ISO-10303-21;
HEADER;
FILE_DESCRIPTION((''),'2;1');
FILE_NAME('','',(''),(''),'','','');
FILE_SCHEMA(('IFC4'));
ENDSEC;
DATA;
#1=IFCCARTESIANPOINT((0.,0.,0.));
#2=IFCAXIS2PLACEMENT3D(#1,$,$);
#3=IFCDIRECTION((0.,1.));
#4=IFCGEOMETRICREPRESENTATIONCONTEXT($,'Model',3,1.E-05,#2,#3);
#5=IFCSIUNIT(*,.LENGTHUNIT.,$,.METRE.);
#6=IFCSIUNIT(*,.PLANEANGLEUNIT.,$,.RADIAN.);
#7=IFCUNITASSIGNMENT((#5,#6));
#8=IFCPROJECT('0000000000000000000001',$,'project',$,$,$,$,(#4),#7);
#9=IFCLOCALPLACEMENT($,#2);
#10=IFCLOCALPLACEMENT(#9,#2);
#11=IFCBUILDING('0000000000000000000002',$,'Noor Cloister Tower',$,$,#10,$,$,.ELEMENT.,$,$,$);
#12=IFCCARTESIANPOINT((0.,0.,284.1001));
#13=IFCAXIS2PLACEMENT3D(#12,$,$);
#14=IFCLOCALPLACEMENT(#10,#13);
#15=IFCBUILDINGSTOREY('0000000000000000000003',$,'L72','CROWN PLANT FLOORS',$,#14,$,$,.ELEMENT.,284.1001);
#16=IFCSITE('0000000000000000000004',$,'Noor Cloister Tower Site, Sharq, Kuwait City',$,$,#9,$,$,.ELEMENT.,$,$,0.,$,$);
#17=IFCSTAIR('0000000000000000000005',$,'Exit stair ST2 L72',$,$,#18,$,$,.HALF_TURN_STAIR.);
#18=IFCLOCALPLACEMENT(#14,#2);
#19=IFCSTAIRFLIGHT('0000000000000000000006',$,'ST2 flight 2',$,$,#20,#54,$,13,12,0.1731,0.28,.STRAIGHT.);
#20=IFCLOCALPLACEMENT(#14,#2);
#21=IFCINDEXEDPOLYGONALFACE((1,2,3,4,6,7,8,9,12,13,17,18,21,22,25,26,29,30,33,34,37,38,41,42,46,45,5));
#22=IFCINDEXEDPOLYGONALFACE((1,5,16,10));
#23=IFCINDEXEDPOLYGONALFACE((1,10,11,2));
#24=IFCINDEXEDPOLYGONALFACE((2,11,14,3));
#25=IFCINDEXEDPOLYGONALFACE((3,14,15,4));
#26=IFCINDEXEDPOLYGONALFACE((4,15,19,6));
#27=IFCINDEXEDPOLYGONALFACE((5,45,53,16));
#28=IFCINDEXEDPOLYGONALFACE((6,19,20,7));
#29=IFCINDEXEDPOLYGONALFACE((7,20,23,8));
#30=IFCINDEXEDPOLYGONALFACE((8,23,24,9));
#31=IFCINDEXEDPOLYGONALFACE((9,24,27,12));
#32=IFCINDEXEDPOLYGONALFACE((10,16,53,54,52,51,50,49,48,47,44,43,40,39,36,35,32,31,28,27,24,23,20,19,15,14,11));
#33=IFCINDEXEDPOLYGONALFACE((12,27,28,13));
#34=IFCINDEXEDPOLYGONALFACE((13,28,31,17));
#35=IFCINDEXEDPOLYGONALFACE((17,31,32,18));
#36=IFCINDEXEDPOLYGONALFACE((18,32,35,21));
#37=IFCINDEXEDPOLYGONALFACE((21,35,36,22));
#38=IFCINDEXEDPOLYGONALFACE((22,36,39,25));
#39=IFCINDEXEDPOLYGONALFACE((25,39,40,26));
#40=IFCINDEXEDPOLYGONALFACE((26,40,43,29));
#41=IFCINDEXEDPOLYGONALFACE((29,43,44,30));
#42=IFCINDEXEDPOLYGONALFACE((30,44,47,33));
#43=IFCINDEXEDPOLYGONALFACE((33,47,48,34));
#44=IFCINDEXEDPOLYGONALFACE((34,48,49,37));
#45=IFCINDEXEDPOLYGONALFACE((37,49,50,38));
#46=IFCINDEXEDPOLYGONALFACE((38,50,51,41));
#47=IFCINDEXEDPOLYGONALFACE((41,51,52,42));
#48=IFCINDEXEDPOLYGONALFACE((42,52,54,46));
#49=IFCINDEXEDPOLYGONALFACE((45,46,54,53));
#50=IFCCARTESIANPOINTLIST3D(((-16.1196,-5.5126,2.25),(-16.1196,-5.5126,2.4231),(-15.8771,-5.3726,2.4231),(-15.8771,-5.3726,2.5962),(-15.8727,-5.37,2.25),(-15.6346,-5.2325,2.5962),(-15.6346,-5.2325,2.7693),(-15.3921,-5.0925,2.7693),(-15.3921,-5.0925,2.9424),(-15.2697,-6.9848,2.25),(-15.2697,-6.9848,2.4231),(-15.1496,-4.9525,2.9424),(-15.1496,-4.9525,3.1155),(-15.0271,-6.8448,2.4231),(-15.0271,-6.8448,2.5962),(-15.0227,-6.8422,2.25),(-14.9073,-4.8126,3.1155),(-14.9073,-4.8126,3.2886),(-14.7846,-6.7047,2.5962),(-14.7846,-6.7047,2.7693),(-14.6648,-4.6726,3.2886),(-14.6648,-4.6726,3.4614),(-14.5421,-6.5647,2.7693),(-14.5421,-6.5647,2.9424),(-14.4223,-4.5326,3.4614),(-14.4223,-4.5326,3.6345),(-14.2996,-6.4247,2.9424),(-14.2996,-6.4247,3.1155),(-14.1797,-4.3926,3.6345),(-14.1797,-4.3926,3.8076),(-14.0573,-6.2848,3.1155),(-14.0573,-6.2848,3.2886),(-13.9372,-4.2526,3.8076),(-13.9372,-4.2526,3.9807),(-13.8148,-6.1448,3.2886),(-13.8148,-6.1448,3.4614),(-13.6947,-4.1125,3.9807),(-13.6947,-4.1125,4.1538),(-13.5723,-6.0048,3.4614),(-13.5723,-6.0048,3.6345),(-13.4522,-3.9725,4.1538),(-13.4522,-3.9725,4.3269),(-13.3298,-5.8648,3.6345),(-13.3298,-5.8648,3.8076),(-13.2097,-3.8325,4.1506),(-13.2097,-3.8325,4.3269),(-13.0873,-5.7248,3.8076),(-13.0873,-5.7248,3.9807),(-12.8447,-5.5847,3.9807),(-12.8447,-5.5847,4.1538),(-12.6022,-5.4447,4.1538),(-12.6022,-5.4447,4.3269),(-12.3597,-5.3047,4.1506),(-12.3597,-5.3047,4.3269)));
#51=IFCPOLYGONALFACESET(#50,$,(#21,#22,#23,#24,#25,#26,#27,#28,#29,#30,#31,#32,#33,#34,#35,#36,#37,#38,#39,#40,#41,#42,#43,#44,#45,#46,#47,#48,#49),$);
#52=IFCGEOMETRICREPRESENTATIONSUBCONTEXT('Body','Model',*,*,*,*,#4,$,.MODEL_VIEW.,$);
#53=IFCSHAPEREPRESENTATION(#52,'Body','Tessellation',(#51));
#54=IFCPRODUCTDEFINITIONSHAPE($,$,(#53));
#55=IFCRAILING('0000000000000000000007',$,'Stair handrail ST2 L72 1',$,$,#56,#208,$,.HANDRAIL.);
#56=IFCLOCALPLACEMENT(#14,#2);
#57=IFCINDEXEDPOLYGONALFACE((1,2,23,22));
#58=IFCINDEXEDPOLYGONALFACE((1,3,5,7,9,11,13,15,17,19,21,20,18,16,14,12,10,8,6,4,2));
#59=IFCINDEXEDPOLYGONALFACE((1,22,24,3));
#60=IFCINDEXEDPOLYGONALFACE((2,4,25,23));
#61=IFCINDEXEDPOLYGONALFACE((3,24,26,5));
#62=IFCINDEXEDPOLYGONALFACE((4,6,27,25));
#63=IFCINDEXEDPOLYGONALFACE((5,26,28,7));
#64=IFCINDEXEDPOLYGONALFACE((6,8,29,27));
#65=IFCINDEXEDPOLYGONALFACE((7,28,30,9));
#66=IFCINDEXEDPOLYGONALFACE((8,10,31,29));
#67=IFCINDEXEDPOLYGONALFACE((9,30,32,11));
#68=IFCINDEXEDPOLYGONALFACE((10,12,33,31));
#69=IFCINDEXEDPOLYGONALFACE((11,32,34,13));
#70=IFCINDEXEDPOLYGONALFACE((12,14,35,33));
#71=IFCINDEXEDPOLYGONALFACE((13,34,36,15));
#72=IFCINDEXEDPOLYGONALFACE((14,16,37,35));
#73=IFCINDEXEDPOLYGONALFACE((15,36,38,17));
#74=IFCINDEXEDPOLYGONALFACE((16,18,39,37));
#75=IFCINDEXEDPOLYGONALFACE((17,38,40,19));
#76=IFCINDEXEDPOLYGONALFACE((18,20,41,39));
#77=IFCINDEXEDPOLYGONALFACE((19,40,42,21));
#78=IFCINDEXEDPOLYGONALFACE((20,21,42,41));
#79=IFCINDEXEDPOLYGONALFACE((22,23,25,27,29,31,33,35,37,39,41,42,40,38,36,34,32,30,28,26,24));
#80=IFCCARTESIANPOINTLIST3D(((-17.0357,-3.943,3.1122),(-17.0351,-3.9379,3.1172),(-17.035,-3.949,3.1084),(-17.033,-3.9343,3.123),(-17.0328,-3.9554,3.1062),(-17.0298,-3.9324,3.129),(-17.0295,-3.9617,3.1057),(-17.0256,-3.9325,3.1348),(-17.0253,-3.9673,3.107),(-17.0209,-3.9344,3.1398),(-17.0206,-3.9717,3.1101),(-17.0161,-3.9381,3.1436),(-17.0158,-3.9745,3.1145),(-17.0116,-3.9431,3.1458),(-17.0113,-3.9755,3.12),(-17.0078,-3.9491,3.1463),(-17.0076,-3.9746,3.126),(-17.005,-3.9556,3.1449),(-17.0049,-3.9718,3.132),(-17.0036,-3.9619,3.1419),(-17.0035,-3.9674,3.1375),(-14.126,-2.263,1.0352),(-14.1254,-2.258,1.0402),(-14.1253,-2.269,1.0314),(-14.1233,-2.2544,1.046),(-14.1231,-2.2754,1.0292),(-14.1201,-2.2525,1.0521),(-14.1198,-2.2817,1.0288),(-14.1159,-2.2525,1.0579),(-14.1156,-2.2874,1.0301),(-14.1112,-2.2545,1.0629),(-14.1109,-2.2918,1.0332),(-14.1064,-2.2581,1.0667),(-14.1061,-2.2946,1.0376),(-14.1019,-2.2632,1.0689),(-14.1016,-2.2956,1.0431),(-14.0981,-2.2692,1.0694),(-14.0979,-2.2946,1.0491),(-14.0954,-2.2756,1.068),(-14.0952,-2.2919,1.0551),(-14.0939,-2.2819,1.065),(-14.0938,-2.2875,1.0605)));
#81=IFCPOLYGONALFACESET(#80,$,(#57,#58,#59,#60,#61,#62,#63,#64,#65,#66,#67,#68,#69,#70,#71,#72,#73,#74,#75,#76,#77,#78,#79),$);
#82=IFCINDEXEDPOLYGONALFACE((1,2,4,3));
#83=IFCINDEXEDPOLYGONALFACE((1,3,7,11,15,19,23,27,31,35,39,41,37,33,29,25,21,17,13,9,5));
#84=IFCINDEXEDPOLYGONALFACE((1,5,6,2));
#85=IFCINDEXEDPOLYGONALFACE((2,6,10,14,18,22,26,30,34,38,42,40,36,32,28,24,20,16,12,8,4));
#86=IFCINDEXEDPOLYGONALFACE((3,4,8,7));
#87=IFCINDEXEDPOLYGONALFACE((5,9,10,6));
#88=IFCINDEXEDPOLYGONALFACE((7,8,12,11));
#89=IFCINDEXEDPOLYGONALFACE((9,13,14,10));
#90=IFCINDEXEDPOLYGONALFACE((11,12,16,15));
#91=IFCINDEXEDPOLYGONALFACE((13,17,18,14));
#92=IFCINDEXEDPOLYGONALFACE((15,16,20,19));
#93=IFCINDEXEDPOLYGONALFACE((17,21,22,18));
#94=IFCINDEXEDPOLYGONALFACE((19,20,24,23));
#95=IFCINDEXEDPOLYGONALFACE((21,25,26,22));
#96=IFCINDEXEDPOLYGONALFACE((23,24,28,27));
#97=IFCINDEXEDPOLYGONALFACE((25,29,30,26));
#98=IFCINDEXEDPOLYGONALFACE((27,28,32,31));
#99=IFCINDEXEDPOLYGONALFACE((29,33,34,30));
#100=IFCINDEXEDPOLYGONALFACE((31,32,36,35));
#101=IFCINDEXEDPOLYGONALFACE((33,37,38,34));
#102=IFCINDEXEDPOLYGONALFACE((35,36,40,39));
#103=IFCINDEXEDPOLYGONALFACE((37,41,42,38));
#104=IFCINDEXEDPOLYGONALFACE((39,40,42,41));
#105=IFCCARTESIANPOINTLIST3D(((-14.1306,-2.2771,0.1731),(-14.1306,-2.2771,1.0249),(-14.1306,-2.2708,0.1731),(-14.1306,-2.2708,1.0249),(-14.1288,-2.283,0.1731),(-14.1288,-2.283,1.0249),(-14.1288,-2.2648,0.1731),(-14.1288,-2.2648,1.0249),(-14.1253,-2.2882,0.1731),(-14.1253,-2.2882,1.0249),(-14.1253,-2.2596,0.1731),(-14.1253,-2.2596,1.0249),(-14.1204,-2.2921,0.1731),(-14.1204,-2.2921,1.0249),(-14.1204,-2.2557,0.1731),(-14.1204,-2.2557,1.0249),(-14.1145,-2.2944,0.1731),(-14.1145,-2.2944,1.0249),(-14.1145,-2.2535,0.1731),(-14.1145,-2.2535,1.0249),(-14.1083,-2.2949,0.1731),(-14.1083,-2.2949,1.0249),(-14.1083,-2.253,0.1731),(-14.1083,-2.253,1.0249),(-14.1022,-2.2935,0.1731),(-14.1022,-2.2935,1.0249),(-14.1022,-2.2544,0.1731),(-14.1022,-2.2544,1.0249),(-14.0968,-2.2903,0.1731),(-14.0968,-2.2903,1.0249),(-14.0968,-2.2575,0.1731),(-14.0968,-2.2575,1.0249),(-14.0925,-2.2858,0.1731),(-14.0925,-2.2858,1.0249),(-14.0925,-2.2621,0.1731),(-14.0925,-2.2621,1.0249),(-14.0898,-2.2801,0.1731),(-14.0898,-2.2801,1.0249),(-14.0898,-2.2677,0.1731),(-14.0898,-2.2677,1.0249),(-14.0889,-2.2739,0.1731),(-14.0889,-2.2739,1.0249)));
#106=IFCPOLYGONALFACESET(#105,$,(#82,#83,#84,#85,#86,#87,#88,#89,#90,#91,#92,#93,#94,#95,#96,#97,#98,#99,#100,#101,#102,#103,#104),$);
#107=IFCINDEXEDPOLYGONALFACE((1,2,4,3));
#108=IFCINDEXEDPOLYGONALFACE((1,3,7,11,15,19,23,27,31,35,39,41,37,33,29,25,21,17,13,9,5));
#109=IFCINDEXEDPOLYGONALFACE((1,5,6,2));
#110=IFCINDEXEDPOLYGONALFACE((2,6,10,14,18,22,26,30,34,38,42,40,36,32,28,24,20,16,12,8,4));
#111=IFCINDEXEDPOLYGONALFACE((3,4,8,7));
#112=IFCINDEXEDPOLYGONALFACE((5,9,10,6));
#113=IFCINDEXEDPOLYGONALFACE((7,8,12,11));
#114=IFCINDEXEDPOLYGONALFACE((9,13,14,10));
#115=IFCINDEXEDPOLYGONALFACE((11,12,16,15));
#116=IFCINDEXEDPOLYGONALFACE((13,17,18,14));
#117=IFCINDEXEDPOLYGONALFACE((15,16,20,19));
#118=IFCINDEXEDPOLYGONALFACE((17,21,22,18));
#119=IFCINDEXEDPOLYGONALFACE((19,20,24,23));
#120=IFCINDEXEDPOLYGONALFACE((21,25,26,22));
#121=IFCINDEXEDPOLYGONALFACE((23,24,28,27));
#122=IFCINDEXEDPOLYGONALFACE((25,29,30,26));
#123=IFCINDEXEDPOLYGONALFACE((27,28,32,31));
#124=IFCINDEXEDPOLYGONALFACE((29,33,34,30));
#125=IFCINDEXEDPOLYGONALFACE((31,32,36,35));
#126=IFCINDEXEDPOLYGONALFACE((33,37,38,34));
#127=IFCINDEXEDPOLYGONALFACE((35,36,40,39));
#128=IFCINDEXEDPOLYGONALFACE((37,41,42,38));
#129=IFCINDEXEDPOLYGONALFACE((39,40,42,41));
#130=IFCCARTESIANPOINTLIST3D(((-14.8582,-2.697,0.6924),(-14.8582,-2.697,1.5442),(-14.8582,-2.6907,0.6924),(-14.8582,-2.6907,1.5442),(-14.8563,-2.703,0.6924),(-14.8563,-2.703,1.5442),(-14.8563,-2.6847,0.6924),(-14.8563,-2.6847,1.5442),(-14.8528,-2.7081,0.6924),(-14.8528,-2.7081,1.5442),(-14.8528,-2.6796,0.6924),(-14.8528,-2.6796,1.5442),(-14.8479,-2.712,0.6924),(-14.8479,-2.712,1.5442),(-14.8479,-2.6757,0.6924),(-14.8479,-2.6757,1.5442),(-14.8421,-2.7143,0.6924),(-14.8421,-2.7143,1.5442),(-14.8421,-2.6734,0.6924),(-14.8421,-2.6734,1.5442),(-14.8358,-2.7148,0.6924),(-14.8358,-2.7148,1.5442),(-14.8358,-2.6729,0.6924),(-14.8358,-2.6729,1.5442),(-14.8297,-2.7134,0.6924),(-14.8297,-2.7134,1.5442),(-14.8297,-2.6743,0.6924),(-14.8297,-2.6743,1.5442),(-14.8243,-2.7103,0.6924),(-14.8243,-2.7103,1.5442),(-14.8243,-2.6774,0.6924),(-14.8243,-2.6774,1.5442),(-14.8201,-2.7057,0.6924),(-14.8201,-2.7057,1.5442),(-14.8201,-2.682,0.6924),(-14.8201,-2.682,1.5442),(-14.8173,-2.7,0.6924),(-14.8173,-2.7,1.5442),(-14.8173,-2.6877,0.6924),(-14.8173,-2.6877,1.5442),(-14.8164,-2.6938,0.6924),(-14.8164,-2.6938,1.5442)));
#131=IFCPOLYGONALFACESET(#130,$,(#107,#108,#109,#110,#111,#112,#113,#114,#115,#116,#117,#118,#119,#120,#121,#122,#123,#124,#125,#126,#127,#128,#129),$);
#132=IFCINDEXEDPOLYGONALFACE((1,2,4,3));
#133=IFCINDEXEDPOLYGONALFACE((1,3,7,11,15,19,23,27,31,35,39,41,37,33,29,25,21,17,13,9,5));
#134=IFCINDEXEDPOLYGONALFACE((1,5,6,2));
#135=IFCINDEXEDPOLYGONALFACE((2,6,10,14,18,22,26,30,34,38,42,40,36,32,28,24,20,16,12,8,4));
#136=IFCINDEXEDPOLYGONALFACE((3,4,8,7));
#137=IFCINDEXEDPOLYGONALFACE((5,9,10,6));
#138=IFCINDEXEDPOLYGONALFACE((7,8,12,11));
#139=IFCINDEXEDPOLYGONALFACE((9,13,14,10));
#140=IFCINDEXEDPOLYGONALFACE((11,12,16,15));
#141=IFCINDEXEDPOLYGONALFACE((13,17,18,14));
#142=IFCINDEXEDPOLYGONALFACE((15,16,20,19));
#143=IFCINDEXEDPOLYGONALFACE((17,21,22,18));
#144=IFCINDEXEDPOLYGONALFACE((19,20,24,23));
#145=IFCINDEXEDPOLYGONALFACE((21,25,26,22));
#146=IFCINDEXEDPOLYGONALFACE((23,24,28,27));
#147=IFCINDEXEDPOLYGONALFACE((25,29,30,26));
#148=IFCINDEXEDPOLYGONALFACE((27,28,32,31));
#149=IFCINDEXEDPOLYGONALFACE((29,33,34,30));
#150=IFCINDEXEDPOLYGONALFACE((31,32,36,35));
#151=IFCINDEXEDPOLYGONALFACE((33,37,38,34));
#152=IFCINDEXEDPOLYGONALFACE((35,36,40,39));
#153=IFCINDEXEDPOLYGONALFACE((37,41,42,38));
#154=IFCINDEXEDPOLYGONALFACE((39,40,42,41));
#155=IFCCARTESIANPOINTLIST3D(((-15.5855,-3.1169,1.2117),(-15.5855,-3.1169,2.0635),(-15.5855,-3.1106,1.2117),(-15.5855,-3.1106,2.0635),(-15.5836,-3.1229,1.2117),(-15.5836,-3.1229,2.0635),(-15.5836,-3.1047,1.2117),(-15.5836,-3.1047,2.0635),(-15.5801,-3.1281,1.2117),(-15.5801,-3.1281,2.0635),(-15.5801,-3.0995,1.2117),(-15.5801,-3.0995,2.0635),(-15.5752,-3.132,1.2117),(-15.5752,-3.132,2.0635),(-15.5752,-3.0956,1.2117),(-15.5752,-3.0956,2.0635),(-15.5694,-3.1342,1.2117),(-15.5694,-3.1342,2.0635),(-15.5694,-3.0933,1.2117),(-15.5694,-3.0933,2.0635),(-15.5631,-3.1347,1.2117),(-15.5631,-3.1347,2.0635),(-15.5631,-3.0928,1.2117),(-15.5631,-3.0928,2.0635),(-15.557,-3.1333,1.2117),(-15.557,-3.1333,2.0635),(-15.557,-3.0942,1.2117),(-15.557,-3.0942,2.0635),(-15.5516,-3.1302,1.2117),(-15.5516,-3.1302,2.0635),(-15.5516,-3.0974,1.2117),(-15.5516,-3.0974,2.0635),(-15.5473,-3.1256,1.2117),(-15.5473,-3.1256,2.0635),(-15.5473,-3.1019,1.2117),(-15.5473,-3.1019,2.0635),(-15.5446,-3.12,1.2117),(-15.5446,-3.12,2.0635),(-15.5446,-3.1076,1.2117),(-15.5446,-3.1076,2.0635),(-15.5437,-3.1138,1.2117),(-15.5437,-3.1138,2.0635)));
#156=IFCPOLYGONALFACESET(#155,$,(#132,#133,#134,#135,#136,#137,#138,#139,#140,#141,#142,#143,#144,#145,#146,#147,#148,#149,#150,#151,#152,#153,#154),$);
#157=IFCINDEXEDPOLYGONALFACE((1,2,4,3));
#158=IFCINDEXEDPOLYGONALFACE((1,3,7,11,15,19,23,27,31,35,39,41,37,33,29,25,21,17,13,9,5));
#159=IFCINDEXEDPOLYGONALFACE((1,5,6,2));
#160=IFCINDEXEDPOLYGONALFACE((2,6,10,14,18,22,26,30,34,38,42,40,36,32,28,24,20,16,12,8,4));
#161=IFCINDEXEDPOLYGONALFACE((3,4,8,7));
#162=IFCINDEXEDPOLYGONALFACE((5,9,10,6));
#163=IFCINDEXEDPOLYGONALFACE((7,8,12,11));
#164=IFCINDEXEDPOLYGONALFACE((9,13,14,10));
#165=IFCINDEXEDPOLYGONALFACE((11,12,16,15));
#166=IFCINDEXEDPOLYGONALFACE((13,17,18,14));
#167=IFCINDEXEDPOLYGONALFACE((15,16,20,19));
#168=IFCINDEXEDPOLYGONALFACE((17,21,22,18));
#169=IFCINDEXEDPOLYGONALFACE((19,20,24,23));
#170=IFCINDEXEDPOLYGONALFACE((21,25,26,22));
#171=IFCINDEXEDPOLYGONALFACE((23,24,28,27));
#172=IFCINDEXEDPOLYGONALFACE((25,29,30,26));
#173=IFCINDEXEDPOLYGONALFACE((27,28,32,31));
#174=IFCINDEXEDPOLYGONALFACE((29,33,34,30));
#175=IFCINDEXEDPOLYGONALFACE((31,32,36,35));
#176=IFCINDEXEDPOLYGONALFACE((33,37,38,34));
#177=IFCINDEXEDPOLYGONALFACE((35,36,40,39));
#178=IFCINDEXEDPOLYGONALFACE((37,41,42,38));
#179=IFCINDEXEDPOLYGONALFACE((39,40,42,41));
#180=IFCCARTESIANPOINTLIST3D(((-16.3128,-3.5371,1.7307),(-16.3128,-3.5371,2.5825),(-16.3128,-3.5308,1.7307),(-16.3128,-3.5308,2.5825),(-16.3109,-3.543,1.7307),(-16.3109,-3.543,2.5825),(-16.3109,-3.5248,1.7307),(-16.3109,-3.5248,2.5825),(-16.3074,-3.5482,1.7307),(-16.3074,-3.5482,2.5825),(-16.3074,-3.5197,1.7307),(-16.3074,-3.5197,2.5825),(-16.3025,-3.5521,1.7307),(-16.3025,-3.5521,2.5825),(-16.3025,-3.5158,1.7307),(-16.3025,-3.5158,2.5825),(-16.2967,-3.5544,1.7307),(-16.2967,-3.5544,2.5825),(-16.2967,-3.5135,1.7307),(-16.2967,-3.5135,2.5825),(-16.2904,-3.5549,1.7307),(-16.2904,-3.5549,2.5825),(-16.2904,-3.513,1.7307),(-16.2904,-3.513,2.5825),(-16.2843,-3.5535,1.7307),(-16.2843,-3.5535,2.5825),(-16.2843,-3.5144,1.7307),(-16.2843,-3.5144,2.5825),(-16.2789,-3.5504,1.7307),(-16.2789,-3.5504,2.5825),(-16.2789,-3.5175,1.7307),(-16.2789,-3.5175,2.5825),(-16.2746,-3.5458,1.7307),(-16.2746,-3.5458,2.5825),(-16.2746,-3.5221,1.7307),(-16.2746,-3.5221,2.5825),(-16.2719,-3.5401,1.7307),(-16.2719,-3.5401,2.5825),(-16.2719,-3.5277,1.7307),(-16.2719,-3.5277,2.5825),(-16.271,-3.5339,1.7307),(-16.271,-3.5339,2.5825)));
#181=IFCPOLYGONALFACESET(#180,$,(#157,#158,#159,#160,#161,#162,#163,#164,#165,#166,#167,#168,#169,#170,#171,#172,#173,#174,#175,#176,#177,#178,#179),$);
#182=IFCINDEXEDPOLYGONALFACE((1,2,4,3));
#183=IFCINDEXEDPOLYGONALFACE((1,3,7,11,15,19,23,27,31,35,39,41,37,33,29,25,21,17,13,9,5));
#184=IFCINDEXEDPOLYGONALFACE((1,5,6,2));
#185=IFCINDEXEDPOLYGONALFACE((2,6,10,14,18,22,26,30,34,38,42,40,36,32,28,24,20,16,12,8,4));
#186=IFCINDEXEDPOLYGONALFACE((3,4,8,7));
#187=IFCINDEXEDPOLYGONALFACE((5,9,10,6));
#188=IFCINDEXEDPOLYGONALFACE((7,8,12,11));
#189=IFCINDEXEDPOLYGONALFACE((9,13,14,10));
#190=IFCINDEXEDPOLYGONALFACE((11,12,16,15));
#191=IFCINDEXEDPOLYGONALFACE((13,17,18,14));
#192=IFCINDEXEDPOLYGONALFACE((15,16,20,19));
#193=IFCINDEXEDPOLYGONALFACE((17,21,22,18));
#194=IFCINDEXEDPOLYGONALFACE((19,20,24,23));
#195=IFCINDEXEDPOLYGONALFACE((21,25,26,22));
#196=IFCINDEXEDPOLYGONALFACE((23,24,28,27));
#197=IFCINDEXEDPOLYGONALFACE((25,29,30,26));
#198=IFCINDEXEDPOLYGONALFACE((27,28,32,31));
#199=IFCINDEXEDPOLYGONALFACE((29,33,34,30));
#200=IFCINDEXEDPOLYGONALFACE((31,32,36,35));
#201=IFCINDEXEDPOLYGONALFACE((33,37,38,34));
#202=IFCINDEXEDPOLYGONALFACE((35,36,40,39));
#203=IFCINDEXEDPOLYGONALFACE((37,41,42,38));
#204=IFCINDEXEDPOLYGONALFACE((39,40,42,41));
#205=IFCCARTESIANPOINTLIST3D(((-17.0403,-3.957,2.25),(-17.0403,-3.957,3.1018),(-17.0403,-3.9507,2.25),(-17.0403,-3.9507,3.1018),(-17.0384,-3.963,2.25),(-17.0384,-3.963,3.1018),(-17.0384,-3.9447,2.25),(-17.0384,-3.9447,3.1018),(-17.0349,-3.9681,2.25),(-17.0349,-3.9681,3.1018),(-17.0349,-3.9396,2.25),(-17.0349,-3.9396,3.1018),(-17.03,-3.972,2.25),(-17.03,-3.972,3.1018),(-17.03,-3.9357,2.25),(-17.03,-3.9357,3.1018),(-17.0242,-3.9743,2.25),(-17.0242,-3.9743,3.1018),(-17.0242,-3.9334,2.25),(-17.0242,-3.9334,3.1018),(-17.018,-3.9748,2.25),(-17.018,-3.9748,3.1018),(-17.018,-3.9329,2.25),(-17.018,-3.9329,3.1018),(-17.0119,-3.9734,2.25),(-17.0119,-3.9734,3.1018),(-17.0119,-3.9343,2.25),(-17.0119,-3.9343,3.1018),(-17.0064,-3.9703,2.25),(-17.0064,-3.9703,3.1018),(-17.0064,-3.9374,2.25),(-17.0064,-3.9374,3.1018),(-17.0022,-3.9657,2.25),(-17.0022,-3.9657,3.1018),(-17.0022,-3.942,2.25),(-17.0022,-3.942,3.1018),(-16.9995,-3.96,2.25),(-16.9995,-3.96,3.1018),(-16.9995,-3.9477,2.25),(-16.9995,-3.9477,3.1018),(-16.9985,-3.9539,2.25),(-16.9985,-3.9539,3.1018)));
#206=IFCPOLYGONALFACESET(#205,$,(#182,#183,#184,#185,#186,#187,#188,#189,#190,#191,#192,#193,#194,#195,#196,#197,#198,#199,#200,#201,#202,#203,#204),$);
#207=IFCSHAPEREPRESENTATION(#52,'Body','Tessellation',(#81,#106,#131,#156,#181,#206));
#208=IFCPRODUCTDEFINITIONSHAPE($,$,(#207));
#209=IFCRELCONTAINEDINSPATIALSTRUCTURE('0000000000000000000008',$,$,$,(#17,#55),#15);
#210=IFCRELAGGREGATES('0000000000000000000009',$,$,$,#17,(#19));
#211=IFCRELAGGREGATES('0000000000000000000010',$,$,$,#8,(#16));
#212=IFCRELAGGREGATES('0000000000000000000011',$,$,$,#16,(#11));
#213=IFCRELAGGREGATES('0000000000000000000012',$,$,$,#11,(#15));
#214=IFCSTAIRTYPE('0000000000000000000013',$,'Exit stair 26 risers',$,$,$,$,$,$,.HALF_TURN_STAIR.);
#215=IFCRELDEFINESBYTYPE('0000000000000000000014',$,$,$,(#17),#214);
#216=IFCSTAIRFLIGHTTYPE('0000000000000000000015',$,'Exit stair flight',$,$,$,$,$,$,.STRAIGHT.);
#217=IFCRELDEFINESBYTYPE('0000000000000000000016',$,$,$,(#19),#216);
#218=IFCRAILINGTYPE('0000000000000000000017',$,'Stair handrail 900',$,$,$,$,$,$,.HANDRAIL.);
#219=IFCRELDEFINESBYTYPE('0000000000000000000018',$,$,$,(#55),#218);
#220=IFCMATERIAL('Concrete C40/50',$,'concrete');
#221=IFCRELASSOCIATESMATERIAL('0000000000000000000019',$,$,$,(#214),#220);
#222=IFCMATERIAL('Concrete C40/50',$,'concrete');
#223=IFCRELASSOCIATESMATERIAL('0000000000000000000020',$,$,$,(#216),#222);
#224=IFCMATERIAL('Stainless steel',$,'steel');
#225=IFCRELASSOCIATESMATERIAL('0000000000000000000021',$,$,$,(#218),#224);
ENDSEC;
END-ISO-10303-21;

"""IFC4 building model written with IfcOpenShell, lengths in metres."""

from ifc_helpers import new_model, si_unit, direction, frame, origin, origin_2d, place, context, subcontext, project, spatial, polyline, circle, outline, extrude, material, type_object, element, aggregate, save


model = new_model("IFC4")

# Units and contexts
model_context = context("Model", 3, precision=1e-05, world=origin(), true_north=direction((0.0, 1.0)))
body_context = subcontext(model_context, "Body", "Model", "MODEL_VIEW")
ifc_project = project(units=[si_unit("LENGTHUNIT", "METRE"), si_unit("PLANEANGLEUNIT", "RADIAN")], contexts=[model_context])

# Site, building, storey
site_placement = place(None, origin())
site = spatial("IfcSite", under=ifc_project, at=site_placement, Name="Noor Cloister Tower Site, Sharq, Kuwait City", CompositionType="ELEMENT", RefElevation=0.0)
building_placement = place(site_placement, origin())
building = spatial("IfcBuilding", under=site, at=building_placement, Name="Noor Cloister Tower", CompositionType="ELEMENT")
storey_placement = place(building_placement, frame((0.0, 0.0, 284.1001)))
storey = spatial("IfcBuildingStorey", under=building, at=storey_placement, Name="L72", Description="CROWN PLANT FLOORS", CompositionType="ELEMENT", Elevation=284.1001)

# Stair, stair flight
ifc_material_1 = material(Name="Concrete C40/50", Category="concrete")
stair_type = type_object("IfcStairType", Name="Exit stair 26 risers", PredefinedType="HALF_TURN_STAIR", material=ifc_material_1)
stair_placement = place(storey_placement, origin())
stair = element("IfcStair", 1, at=stair_placement, inside=storey, type_object=stair_type, Name="Exit stair ST2 L72", PredefinedType="HALF_TURN_STAIR")
ifc_material_2 = material(Name="Concrete C40/50", Category="concrete")
stair_flight_type = type_object("IfcStairFlightType", Name="Exit stair flight", PredefinedType="STRAIGHT", material=ifc_material_2)
stair_flight_1_placement = place(storey_placement, frame((-15.6946, -6.2488, 2.25), z_axis=(0.0, 0.0, 1.0), x_axis=(0.866025, 0.5, 0.0)))
stair_flight_1 = element("IfcStairFlight", 2, at=stair_flight_1_placement, type_object=stair_flight_type, Name="ST2 flight 2", NumberOfRisers=13, NumberOfTreads=12, PredefinedType="STRAIGHT", RiserHeight=0.1731, TreadLength=0.28, context=body_context, shape_type="SweptSolid", body=[
    extrude(outline(polyline([(0.0, 0.0), (0.0, 0.1731), (0.28, 0.1731), (0.28, 0.3462), (0.5601, 0.3462), (0.5601, 0.5193), (0.8401, 0.5193), (0.8401, 0.6924), (1.1201, 0.6924), (1.1201, 0.8655), (1.3999, 0.8655), (1.3999, 1.0386), (1.6799, 1.0386), (1.6799, 1.2114), (1.96, 1.2114), (1.96, 1.3845), (2.24, 1.3845), (2.24, 1.5576), (2.52, 1.5576), (2.52, 1.7307), (2.8, 1.7307), (2.8, 1.9038), (3.0801, 1.9038), (3.0801, 2.0769), (3.3601, 2.0769), (3.3601, 2.25), (3.3601, 1.9006), (0.2852, 0.0), (0.0, 0.0)])), frame((0.0, 0.8501, 0.0), z_axis=(0.0, -1.0, 0.0), x_axis=(1.0, 0.0, 0.0)), (0.0, 0.0, 1.0), 1.7),
])
aggregate(stair, [stair_flight_1])

# Railing
ifc_material_3 = material(Name="Stainless steel", Category="steel")
railing_type_1 = type_object("IfcRailingType", Name="Stair handrail 900", PredefinedType="HANDRAIL", material=ifc_material_3)
railing_1_placement = place(storey_placement, frame((-14.1099, -2.2739, 0.1731)))
element("IfcRailing", 3, at=railing_1_placement, inside=storey, type_object=railing_type_1, Name="Stair handrail ST2 L72 1", PredefinedType="HANDRAIL", context=body_context, shape_type="SweptSolid", body=[
    extrude(circle(Radius=0.0239, at=origin_2d()), frame((0.0, 0.0, 0.876), z_axis=(-0.73664, -0.425308, 0.525809), x_axis=(0.500008, -0.866021, 0.0)), (0.0, 0.0, 1.0), 3.95),
    extrude(circle(Radius=0.021, at=origin_2d()), origin(), (0.0, 0.0, 1.0), 0.8518),
    extrude(circle(Radius=0.021, at=origin_2d()), frame((-0.7275, -0.4199, 0.5193)), (0.0, 0.0, 1.0), 0.8518),
    extrude(circle(Radius=0.021, at=origin_2d()), frame((-1.4548, -0.8398, 1.0386)), (0.0, 0.0, 1.0), 0.8518),
    extrude(circle(Radius=0.021, at=origin_2d()), frame((-2.1821, -1.26, 1.5576)), (0.0, 0.0, 1.0), 0.8518),
    extrude(circle(Radius=0.021, at=origin_2d()), frame((-2.9097, -1.6799, 2.0769)), (0.0, 0.0, 1.0), 0.8518),
])

save(model, "model.ifc")
